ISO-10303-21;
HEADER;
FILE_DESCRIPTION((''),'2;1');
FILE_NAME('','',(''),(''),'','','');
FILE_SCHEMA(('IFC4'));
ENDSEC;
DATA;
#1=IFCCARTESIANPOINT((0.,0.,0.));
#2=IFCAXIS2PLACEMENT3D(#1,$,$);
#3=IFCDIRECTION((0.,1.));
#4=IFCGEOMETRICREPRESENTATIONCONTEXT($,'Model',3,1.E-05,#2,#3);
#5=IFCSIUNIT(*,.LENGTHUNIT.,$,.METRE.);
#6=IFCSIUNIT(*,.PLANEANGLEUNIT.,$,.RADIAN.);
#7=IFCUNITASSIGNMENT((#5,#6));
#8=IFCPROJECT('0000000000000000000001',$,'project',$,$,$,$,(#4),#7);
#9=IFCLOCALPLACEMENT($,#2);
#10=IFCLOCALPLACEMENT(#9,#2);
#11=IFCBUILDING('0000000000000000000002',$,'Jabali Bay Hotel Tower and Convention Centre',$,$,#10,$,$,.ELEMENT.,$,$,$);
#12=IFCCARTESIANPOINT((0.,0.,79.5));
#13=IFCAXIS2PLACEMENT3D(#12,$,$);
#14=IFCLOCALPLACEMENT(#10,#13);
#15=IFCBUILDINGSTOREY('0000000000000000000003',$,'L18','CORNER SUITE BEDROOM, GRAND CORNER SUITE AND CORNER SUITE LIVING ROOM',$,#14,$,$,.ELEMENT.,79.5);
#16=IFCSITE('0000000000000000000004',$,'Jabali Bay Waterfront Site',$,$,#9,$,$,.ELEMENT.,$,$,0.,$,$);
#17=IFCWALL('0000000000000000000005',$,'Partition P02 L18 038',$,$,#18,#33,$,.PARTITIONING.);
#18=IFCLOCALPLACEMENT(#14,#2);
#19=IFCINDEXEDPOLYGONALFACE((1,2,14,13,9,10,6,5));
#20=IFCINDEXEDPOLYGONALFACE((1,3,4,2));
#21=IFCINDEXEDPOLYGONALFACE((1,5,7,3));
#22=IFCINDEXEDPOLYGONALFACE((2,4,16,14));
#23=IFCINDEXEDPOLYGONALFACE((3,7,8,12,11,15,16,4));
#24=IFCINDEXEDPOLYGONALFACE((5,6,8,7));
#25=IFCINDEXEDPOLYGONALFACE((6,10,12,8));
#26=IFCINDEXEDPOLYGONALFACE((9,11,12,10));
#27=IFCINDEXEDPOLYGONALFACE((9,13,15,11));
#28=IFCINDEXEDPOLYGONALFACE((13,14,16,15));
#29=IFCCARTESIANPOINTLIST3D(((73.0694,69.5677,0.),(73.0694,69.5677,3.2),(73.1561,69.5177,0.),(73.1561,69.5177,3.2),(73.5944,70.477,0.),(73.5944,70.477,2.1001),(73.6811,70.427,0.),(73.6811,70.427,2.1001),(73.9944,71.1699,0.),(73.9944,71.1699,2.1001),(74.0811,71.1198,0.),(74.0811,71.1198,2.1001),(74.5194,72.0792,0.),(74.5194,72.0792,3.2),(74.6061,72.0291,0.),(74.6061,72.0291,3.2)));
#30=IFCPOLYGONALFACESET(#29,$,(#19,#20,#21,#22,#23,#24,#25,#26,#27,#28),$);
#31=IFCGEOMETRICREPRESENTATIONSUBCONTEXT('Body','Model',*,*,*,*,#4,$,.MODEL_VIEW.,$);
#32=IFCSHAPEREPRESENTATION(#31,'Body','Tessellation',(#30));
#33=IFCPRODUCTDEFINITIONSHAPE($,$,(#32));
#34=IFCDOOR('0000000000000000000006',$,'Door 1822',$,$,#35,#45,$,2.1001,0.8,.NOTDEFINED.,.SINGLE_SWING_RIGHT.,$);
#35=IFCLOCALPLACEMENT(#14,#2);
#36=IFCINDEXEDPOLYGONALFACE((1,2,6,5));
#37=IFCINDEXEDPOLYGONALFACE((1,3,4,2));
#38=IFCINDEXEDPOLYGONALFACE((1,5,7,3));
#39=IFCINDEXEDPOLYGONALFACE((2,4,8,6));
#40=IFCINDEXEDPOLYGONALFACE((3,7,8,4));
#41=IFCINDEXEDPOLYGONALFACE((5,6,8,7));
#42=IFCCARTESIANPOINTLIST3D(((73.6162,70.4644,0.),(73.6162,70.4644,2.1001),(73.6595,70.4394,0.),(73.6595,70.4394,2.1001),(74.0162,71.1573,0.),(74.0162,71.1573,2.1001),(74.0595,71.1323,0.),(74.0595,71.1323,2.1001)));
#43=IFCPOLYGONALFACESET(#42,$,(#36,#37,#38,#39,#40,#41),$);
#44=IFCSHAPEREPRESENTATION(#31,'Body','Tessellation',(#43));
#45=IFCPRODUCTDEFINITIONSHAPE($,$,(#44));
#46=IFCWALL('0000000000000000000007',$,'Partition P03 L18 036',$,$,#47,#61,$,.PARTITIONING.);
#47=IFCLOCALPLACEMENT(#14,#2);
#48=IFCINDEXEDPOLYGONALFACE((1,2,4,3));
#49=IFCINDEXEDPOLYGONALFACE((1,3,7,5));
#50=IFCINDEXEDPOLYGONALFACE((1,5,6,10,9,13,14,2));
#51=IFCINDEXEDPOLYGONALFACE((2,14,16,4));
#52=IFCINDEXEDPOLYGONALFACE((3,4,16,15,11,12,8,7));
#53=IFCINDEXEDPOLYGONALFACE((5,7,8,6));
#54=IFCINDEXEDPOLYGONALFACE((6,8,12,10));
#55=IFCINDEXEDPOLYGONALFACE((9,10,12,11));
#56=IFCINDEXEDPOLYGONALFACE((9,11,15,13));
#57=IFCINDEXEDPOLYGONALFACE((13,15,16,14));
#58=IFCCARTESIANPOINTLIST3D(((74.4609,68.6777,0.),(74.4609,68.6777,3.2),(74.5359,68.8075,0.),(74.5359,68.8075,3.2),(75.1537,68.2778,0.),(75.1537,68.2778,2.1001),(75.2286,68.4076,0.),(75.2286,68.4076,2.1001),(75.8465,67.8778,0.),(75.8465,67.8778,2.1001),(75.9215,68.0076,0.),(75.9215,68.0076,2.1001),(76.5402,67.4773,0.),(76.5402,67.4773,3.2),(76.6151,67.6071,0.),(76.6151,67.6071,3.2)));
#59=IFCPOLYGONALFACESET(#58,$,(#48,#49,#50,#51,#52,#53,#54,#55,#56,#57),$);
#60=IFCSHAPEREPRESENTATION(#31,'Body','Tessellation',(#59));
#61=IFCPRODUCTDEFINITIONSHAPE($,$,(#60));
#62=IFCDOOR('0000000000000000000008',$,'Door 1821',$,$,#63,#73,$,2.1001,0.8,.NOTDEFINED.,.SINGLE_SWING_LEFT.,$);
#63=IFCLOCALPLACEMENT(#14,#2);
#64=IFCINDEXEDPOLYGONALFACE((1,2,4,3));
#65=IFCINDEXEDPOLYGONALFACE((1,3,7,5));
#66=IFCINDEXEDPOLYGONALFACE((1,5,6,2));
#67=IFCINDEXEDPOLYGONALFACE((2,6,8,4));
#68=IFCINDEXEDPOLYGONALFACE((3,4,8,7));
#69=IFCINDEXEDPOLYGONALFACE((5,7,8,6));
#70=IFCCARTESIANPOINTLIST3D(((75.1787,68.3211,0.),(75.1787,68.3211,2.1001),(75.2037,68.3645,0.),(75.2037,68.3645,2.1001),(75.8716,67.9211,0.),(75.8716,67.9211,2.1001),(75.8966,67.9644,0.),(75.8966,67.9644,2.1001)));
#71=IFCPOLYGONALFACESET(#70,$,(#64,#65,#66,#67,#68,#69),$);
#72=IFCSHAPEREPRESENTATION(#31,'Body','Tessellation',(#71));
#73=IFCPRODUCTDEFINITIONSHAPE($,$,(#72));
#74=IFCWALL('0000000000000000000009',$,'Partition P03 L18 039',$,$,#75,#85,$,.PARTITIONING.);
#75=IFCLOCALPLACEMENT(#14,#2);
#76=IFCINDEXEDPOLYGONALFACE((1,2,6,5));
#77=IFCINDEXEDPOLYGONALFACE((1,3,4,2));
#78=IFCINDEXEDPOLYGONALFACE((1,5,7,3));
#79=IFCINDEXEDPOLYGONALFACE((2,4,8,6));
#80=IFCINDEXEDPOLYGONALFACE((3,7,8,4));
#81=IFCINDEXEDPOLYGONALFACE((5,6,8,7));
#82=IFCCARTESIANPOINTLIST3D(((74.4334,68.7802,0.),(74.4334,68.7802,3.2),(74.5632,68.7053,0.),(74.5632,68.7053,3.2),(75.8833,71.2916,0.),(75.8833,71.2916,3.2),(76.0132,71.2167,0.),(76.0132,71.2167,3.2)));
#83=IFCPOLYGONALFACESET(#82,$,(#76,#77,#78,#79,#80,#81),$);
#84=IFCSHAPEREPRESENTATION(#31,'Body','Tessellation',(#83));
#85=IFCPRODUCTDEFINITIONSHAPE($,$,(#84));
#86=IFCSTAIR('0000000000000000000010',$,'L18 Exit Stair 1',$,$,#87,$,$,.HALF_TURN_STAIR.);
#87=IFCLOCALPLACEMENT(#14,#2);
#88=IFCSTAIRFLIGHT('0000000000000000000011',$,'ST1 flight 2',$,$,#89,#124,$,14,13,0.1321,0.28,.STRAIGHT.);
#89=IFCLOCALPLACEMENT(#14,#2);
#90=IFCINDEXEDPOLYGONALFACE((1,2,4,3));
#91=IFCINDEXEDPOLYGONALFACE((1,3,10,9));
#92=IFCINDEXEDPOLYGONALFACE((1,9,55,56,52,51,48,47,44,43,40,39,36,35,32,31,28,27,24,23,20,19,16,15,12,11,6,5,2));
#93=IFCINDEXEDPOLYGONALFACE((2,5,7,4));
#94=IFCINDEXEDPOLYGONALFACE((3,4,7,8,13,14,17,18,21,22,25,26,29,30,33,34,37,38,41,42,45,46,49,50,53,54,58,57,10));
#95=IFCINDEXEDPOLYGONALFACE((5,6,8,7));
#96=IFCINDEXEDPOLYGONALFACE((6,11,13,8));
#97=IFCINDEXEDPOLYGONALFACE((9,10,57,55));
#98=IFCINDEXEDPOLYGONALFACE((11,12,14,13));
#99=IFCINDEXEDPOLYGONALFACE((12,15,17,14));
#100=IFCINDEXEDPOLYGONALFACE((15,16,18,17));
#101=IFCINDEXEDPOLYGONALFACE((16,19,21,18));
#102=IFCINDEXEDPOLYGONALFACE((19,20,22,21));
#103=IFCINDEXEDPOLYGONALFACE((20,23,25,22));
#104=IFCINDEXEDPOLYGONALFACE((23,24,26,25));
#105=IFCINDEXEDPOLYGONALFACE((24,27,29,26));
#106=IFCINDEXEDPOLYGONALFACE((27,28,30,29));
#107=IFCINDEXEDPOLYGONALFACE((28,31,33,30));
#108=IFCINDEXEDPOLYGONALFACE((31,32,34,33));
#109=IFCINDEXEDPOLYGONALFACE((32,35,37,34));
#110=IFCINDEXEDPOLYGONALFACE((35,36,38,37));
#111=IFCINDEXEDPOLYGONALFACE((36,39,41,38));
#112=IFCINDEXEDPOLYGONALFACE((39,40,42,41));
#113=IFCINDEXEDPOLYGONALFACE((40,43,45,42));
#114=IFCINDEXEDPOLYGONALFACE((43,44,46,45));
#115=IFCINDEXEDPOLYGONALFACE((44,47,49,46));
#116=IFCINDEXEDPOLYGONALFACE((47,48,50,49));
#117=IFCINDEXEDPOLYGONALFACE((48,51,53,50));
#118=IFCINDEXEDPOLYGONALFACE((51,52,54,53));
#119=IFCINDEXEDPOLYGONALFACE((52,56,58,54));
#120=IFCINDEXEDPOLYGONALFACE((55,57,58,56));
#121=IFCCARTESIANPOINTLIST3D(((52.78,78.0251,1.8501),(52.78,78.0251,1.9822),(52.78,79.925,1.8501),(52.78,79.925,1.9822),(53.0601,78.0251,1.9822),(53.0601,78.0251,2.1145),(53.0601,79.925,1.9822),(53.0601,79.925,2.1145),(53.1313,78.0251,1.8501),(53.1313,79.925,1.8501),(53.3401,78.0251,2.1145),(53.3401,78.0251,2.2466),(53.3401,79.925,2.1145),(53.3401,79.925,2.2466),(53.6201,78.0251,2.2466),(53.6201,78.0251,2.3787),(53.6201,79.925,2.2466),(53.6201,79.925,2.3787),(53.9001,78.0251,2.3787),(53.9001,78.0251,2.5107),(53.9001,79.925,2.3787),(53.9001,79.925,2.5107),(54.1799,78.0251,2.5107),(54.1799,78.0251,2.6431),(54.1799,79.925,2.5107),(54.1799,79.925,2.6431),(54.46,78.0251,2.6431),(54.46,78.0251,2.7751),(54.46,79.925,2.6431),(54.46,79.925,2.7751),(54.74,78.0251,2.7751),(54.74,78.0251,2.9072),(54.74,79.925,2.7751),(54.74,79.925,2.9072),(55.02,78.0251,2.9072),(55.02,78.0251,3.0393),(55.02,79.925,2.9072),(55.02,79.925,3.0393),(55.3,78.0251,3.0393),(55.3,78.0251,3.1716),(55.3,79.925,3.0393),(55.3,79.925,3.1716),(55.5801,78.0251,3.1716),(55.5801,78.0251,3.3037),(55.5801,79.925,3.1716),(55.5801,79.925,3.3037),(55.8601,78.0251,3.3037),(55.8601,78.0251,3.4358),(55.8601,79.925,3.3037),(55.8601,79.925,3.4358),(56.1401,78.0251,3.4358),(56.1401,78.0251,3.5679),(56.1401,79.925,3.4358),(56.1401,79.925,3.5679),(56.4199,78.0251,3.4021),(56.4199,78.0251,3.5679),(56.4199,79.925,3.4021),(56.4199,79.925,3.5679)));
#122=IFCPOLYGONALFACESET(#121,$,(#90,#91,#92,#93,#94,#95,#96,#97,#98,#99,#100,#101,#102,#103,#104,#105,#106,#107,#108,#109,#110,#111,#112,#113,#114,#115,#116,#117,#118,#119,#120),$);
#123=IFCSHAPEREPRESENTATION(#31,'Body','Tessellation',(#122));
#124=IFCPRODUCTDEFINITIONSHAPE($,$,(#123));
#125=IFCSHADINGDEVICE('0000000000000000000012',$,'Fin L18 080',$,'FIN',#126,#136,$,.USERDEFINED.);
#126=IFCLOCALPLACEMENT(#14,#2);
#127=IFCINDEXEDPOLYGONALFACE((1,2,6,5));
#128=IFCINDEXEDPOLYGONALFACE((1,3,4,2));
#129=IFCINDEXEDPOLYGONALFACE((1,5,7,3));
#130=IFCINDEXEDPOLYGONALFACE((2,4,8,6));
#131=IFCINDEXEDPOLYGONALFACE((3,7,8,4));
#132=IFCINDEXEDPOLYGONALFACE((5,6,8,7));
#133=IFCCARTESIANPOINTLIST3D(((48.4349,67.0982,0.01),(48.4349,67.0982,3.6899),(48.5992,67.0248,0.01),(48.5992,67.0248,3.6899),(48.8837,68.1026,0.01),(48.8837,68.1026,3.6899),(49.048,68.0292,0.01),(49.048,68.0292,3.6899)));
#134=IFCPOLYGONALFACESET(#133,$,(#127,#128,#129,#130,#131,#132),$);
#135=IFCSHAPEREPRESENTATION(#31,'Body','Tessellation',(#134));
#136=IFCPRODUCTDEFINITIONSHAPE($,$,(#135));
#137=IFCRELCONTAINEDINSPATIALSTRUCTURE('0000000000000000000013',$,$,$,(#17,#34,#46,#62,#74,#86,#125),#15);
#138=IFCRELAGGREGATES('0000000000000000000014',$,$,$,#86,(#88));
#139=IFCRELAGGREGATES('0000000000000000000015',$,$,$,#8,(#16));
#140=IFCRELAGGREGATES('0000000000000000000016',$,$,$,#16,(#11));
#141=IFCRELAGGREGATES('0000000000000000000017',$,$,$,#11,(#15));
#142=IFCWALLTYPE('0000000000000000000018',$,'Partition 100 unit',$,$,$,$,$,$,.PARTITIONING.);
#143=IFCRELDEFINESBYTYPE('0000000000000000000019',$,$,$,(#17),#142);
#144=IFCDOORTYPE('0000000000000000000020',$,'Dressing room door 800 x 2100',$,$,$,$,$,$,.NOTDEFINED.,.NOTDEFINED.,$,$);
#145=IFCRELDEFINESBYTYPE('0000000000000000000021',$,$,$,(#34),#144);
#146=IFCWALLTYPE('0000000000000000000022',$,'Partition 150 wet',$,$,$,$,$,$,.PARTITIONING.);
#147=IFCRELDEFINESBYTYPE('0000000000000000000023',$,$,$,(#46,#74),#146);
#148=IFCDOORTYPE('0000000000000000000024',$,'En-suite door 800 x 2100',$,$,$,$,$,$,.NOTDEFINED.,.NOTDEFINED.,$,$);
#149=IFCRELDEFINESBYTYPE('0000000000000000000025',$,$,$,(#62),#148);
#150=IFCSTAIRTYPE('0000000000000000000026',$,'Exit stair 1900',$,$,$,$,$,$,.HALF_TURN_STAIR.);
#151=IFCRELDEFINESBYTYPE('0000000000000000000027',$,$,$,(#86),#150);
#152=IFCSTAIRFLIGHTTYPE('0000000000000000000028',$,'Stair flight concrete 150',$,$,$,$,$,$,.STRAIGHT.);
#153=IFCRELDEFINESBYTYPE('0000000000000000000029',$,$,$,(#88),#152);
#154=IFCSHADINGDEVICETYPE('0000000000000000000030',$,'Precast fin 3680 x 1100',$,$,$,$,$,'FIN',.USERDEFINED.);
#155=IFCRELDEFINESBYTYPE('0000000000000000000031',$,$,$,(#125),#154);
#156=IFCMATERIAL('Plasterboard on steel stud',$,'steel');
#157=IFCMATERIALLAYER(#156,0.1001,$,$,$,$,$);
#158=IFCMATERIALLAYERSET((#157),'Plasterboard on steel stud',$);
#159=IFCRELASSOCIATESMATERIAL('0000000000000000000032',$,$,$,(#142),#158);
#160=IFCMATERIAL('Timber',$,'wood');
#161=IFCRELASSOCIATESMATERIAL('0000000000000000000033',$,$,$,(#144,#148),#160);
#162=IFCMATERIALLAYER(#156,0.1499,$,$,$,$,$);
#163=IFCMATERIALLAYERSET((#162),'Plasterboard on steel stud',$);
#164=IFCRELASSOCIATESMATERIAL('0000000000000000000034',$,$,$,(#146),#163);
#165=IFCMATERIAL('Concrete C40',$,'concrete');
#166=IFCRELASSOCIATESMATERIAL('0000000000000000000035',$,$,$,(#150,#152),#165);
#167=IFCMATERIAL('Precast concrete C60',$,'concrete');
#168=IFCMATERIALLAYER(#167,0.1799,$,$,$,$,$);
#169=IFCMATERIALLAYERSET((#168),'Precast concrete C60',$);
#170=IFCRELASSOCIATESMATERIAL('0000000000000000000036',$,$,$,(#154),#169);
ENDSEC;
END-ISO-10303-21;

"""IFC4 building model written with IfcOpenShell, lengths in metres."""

from ifc_helpers import new_model, si_unit, direction, frame, frame_2d, origin, place, context, subcontext, project, spatial, polyline, rectangle, outline, extrude, material, layer, layer_set, type_object, element, fill, aggregate, save


model = new_model("IFC4")

# Units and contexts
model_context = context("Model", 3, precision=1e-05, world=origin(), true_north=direction((0.0, 1.0)))
body_context = subcontext(model_context, "Body", "Model", "MODEL_VIEW")
ifc_project = project(units=[si_unit("LENGTHUNIT", "METRE"), si_unit("PLANEANGLEUNIT", "RADIAN")], contexts=[model_context])

# Site, building, storey
site_placement = place(None, origin())
site = spatial("IfcSite", under=ifc_project, at=site_placement, Name="Jabali Bay Waterfront Site", CompositionType="ELEMENT", RefElevation=0.0)
building_placement = place(site_placement, origin())
building = spatial("IfcBuilding", under=site, at=building_placement, Name="Jabali Bay Hotel Tower and Convention Centre", CompositionType="ELEMENT")
storey_placement = place(building_placement, frame((0.0, 0.0, 79.5)))
storey = spatial("IfcBuildingStorey", under=building, at=storey_placement, Name="L18", Description="CORNER SUITE BEDROOM, GRAND CORNER SUITE AND CORNER SUITE LIVING ROOM", CompositionType="ELEMENT", Elevation=79.5)

# Shared definitions
ifc_material_1 = material(Name="Concrete C40", Category="concrete")

# Shared definitions
ifc_material_2 = material(Name="Timber", Category="wood")

# Shared definitions
ifc_material_3 = material(Name="Plasterboard on steel stud", Category="steel")
ifc_layer_1 = layer(ifc_material_3, 0.1001)
ifc_layer_set_1 = layer_set([ifc_layer_1], Name="Plasterboard on steel stud")
wall_type_1 = type_object("IfcWallType", Name="Partition 100 unit", PredefinedType="PARTITIONING", material=ifc_layer_set_1)

# Walls, openings, doors
wall_1_placement = place(storey_placement, frame((73.1128, 69.5427, 0.0), z_axis=(0.0, 0.0, 1.0), x_axis=(0.499987, 0.866033, 0.0)))
wall_1 = element("IfcWall", 1, at=wall_1_placement, inside=storey, type_object=wall_type_1, Name="Partition P02 L18 038", PredefinedType="PARTITIONING", context=body_context, shape_type="SweptSolid", body=[
    extrude(rectangle(XDim=2.8999, YDim=0.1001, at=frame_2d((1.45, 0.0))), origin(), (0.0, 0.0, 1.0), 3.2),
])
opening_1_placement = place(wall_1_placement, frame((1.05, 0.0, 0.0)))
opening_1 = element("IfcOpeningElement", 2, at=opening_1_placement, cuts=wall_1, PredefinedType="OPENING", context=body_context, shape_type="SweptSolid", body=[
    extrude(rectangle(XDim=0.8, YDim=2.1001, at=frame_2d((0.3999, 1.05))), frame((0.0, 0.0605, 0.0), z_axis=(0.0, -1.0, 0.0), x_axis=(1.0, 0.0, 0.0)), (0.0, 0.0, 1.0), 0.1211),
])
door_type_1 = type_object("IfcDoorType", Name="Dressing room door 800 x 2100", OperationType="NOTDEFINED", PredefinedType="NOTDEFINED", material=ifc_material_2)
door_1_placement = place(opening_1_placement, origin())
door_1 = element("IfcDoor", 3, at=door_1_placement, inside=storey, type_object=door_type_1, Name="Door 1822", OperationType="SINGLE_SWING_RIGHT", OverallHeight=2.1001, OverallWidth=0.8, PredefinedType="NOTDEFINED", context=body_context, shape_type="SweptSolid", body=[
    extrude(rectangle(XDim=0.8, YDim=2.1001, at=frame_2d((0.3999, 1.05))), frame((0.0, 0.0249, 0.0), z_axis=(0.0, -1.0, 0.0), x_axis=(1.0, 0.0, 0.0)), (0.0, 0.0, 1.0), 0.05),
])
fill(opening_1, door_1)
ifc_layer_2 = layer(ifc_material_3, 0.1499)
ifc_layer_set_2 = layer_set([ifc_layer_2], Name="Plasterboard on steel stud")
wall_type_2 = type_object("IfcWallType", Name="Partition 150 wet", PredefinedType="PARTITIONING", material=ifc_layer_set_2)
wall_2_placement = place(storey_placement, frame((76.5776, 67.5422, 0.0), z_axis=(0.0, 0.0, 1.0), x_axis=(-0.866038, 0.499978, 0.0)))
wall_2 = element("IfcWall", 4, at=wall_2_placement, inside=storey, type_object=wall_type_2, Name="Partition P03 L18 036", PredefinedType="PARTITIONING", context=body_context, shape_type="SweptSolid", body=[
    extrude(rectangle(XDim=2.4009, YDim=0.1499, at=frame_2d((1.2004, 0.0))), origin(), (0.0, 0.0, 1.0), 3.2),
])
opening_2_placement = place(wall_2_placement, frame((0.801, 0.0, 0.0)))
opening_2 = element("IfcOpeningElement", 5, at=opening_2_placement, cuts=wall_2, PredefinedType="OPENING", context=body_context, shape_type="SweptSolid", body=[
    extrude(rectangle(XDim=0.8, YDim=2.1001, at=frame_2d((0.3999, 1.05))), frame((0.0, 0.0854, 0.0), z_axis=(0.0, -1.0, 0.0), x_axis=(1.0, 0.0, 0.0)), (0.0, 0.0, 1.0), 0.1709),
])
door_type_2 = type_object("IfcDoorType", Name="En-suite door 800 x 2100", OperationType="NOTDEFINED", PredefinedType="NOTDEFINED", material=ifc_material_2)
door_2_placement = place(opening_2_placement, origin())
door_2 = element("IfcDoor", 6, at=door_2_placement, inside=storey, type_object=door_type_2, Name="Door 1821", OperationType="SINGLE_SWING_LEFT", OverallHeight=2.1001, OverallWidth=0.8, PredefinedType="NOTDEFINED", context=body_context, shape_type="SweptSolid", body=[
    extrude(rectangle(XDim=0.8, YDim=2.1001, at=frame_2d((0.3999, 1.05))), frame((0.0, 0.0249, 0.0), z_axis=(0.0, -1.0, 0.0), x_axis=(1.0, 0.0, 0.0)), (0.0, 0.0, 1.0), 0.05),
])
fill(opening_2, door_2)

# Wall
wall_3_placement = place(storey_placement, frame((75.9482, 71.2542, 0.0), z_axis=(0.0, 0.0, 1.0), x_axis=(-0.499987, -0.866033, 0.0)))
element("IfcWall", 7, at=wall_3_placement, inside=storey, type_object=wall_type_2, Name="Partition P03 L18 039", PredefinedType="PARTITIONING", context=body_context, shape_type="SweptSolid", body=[
    extrude(rectangle(XDim=2.8999, YDim=0.1499, at=frame_2d((1.45, 0.0))), origin(), (0.0, 0.0, 1.0), 3.2),
])

# Stair, stair flight
stair_type = type_object("IfcStairType", Name="Exit stair 1900", PredefinedType="HALF_TURN_STAIR", material=ifc_material_1)
stair_placement = place(storey_placement, origin())
stair = element("IfcStair", 8, at=stair_placement, inside=storey, type_object=stair_type, Name="L18 Exit Stair 1", PredefinedType="HALF_TURN_STAIR")
stair_flight_type = type_object("IfcStairFlightType", Name="Stair flight concrete 150", PredefinedType="STRAIGHT", material=ifc_material_1)
stair_flight_placement = place(storey_placement, frame((52.78, 78.9751, 1.8501), z_axis=(0.0, 0.0, 1.0), x_axis=(1.0, 0.0, 0.0)))
stair_flight = element("IfcStairFlight", 9, at=stair_flight_placement, type_object=stair_flight_type, Name="ST1 flight 2", NumberOfRisers=14, NumberOfTreads=13, PredefinedType="STRAIGHT", RiserHeight=0.1321, TreadLength=0.28, context=body_context, shape_type="SweptSolid", body=[
    extrude(outline(polyline([(0.0, 0.0), (0.0, 0.1321), (0.28, 0.1321), (0.28, 0.2644), (0.5601, 0.2644), (0.5601, 0.3965), (0.8401, 0.3965), (0.8401, 0.5286), (1.1201, 0.5286), (1.1201, 0.6606), (1.3999, 0.6606), (1.3999, 0.793), (1.6799, 0.793), (1.6799, 0.925), (1.96, 0.925), (1.96, 1.0571), (2.24, 1.0571), (2.24, 1.1892), (2.52, 1.1892), (2.52, 1.3215), (2.8, 1.3215), (2.8, 1.4536), (3.0801, 1.4536), (3.0801, 1.5857), (3.3601, 1.5857), (3.3601, 1.7178), (3.6399, 1.7178), (3.6399, 1.8501), (3.6399, 1.552), (0.3513, 0.0), (0.0, 0.0)])), frame((0.0, 0.95, 0.0), z_axis=(0.0, -1.0, 0.0), x_axis=(1.0, 0.0, 0.0)), (0.0, 0.0, 1.0), 1.8999),
])
aggregate(stair, [stair_flight])

# Shading device
ifc_material_4 = material(Name="Precast concrete C60", Category="concrete")
ifc_layer_3 = layer(ifc_material_4, 0.1799)
ifc_layer_set_3 = layer_set([ifc_layer_3], Name="Precast concrete C60")
shading_device_type = type_object("IfcShadingDeviceType", Name="Precast fin 3680 x 1100", ElementType="FIN", PredefinedType="USERDEFINED", material=ifc_layer_set_3)
shading_device_placement = place(storey_placement, frame((48.9658, 68.0659, 0.01), z_axis=(0.0, 0.0, 1.0), x_axis=(-0.407909, -0.913023, 0.0)))
element("IfcShadingDevice", 10, at=shading_device_placement, inside=storey, type_object=shading_device_type, Name="Fin L18 080", ObjectType="FIN", PredefinedType="USERDEFINED", context=body_context, shape_type="SweptSolid", body=[
    extrude(rectangle(XDim=1.1001, YDim=0.1799, at=frame_2d((0.55, 0.0))), origin(), (0.0, 0.0, 1.0), 3.6799),
])

save(model, "model.ifc")
